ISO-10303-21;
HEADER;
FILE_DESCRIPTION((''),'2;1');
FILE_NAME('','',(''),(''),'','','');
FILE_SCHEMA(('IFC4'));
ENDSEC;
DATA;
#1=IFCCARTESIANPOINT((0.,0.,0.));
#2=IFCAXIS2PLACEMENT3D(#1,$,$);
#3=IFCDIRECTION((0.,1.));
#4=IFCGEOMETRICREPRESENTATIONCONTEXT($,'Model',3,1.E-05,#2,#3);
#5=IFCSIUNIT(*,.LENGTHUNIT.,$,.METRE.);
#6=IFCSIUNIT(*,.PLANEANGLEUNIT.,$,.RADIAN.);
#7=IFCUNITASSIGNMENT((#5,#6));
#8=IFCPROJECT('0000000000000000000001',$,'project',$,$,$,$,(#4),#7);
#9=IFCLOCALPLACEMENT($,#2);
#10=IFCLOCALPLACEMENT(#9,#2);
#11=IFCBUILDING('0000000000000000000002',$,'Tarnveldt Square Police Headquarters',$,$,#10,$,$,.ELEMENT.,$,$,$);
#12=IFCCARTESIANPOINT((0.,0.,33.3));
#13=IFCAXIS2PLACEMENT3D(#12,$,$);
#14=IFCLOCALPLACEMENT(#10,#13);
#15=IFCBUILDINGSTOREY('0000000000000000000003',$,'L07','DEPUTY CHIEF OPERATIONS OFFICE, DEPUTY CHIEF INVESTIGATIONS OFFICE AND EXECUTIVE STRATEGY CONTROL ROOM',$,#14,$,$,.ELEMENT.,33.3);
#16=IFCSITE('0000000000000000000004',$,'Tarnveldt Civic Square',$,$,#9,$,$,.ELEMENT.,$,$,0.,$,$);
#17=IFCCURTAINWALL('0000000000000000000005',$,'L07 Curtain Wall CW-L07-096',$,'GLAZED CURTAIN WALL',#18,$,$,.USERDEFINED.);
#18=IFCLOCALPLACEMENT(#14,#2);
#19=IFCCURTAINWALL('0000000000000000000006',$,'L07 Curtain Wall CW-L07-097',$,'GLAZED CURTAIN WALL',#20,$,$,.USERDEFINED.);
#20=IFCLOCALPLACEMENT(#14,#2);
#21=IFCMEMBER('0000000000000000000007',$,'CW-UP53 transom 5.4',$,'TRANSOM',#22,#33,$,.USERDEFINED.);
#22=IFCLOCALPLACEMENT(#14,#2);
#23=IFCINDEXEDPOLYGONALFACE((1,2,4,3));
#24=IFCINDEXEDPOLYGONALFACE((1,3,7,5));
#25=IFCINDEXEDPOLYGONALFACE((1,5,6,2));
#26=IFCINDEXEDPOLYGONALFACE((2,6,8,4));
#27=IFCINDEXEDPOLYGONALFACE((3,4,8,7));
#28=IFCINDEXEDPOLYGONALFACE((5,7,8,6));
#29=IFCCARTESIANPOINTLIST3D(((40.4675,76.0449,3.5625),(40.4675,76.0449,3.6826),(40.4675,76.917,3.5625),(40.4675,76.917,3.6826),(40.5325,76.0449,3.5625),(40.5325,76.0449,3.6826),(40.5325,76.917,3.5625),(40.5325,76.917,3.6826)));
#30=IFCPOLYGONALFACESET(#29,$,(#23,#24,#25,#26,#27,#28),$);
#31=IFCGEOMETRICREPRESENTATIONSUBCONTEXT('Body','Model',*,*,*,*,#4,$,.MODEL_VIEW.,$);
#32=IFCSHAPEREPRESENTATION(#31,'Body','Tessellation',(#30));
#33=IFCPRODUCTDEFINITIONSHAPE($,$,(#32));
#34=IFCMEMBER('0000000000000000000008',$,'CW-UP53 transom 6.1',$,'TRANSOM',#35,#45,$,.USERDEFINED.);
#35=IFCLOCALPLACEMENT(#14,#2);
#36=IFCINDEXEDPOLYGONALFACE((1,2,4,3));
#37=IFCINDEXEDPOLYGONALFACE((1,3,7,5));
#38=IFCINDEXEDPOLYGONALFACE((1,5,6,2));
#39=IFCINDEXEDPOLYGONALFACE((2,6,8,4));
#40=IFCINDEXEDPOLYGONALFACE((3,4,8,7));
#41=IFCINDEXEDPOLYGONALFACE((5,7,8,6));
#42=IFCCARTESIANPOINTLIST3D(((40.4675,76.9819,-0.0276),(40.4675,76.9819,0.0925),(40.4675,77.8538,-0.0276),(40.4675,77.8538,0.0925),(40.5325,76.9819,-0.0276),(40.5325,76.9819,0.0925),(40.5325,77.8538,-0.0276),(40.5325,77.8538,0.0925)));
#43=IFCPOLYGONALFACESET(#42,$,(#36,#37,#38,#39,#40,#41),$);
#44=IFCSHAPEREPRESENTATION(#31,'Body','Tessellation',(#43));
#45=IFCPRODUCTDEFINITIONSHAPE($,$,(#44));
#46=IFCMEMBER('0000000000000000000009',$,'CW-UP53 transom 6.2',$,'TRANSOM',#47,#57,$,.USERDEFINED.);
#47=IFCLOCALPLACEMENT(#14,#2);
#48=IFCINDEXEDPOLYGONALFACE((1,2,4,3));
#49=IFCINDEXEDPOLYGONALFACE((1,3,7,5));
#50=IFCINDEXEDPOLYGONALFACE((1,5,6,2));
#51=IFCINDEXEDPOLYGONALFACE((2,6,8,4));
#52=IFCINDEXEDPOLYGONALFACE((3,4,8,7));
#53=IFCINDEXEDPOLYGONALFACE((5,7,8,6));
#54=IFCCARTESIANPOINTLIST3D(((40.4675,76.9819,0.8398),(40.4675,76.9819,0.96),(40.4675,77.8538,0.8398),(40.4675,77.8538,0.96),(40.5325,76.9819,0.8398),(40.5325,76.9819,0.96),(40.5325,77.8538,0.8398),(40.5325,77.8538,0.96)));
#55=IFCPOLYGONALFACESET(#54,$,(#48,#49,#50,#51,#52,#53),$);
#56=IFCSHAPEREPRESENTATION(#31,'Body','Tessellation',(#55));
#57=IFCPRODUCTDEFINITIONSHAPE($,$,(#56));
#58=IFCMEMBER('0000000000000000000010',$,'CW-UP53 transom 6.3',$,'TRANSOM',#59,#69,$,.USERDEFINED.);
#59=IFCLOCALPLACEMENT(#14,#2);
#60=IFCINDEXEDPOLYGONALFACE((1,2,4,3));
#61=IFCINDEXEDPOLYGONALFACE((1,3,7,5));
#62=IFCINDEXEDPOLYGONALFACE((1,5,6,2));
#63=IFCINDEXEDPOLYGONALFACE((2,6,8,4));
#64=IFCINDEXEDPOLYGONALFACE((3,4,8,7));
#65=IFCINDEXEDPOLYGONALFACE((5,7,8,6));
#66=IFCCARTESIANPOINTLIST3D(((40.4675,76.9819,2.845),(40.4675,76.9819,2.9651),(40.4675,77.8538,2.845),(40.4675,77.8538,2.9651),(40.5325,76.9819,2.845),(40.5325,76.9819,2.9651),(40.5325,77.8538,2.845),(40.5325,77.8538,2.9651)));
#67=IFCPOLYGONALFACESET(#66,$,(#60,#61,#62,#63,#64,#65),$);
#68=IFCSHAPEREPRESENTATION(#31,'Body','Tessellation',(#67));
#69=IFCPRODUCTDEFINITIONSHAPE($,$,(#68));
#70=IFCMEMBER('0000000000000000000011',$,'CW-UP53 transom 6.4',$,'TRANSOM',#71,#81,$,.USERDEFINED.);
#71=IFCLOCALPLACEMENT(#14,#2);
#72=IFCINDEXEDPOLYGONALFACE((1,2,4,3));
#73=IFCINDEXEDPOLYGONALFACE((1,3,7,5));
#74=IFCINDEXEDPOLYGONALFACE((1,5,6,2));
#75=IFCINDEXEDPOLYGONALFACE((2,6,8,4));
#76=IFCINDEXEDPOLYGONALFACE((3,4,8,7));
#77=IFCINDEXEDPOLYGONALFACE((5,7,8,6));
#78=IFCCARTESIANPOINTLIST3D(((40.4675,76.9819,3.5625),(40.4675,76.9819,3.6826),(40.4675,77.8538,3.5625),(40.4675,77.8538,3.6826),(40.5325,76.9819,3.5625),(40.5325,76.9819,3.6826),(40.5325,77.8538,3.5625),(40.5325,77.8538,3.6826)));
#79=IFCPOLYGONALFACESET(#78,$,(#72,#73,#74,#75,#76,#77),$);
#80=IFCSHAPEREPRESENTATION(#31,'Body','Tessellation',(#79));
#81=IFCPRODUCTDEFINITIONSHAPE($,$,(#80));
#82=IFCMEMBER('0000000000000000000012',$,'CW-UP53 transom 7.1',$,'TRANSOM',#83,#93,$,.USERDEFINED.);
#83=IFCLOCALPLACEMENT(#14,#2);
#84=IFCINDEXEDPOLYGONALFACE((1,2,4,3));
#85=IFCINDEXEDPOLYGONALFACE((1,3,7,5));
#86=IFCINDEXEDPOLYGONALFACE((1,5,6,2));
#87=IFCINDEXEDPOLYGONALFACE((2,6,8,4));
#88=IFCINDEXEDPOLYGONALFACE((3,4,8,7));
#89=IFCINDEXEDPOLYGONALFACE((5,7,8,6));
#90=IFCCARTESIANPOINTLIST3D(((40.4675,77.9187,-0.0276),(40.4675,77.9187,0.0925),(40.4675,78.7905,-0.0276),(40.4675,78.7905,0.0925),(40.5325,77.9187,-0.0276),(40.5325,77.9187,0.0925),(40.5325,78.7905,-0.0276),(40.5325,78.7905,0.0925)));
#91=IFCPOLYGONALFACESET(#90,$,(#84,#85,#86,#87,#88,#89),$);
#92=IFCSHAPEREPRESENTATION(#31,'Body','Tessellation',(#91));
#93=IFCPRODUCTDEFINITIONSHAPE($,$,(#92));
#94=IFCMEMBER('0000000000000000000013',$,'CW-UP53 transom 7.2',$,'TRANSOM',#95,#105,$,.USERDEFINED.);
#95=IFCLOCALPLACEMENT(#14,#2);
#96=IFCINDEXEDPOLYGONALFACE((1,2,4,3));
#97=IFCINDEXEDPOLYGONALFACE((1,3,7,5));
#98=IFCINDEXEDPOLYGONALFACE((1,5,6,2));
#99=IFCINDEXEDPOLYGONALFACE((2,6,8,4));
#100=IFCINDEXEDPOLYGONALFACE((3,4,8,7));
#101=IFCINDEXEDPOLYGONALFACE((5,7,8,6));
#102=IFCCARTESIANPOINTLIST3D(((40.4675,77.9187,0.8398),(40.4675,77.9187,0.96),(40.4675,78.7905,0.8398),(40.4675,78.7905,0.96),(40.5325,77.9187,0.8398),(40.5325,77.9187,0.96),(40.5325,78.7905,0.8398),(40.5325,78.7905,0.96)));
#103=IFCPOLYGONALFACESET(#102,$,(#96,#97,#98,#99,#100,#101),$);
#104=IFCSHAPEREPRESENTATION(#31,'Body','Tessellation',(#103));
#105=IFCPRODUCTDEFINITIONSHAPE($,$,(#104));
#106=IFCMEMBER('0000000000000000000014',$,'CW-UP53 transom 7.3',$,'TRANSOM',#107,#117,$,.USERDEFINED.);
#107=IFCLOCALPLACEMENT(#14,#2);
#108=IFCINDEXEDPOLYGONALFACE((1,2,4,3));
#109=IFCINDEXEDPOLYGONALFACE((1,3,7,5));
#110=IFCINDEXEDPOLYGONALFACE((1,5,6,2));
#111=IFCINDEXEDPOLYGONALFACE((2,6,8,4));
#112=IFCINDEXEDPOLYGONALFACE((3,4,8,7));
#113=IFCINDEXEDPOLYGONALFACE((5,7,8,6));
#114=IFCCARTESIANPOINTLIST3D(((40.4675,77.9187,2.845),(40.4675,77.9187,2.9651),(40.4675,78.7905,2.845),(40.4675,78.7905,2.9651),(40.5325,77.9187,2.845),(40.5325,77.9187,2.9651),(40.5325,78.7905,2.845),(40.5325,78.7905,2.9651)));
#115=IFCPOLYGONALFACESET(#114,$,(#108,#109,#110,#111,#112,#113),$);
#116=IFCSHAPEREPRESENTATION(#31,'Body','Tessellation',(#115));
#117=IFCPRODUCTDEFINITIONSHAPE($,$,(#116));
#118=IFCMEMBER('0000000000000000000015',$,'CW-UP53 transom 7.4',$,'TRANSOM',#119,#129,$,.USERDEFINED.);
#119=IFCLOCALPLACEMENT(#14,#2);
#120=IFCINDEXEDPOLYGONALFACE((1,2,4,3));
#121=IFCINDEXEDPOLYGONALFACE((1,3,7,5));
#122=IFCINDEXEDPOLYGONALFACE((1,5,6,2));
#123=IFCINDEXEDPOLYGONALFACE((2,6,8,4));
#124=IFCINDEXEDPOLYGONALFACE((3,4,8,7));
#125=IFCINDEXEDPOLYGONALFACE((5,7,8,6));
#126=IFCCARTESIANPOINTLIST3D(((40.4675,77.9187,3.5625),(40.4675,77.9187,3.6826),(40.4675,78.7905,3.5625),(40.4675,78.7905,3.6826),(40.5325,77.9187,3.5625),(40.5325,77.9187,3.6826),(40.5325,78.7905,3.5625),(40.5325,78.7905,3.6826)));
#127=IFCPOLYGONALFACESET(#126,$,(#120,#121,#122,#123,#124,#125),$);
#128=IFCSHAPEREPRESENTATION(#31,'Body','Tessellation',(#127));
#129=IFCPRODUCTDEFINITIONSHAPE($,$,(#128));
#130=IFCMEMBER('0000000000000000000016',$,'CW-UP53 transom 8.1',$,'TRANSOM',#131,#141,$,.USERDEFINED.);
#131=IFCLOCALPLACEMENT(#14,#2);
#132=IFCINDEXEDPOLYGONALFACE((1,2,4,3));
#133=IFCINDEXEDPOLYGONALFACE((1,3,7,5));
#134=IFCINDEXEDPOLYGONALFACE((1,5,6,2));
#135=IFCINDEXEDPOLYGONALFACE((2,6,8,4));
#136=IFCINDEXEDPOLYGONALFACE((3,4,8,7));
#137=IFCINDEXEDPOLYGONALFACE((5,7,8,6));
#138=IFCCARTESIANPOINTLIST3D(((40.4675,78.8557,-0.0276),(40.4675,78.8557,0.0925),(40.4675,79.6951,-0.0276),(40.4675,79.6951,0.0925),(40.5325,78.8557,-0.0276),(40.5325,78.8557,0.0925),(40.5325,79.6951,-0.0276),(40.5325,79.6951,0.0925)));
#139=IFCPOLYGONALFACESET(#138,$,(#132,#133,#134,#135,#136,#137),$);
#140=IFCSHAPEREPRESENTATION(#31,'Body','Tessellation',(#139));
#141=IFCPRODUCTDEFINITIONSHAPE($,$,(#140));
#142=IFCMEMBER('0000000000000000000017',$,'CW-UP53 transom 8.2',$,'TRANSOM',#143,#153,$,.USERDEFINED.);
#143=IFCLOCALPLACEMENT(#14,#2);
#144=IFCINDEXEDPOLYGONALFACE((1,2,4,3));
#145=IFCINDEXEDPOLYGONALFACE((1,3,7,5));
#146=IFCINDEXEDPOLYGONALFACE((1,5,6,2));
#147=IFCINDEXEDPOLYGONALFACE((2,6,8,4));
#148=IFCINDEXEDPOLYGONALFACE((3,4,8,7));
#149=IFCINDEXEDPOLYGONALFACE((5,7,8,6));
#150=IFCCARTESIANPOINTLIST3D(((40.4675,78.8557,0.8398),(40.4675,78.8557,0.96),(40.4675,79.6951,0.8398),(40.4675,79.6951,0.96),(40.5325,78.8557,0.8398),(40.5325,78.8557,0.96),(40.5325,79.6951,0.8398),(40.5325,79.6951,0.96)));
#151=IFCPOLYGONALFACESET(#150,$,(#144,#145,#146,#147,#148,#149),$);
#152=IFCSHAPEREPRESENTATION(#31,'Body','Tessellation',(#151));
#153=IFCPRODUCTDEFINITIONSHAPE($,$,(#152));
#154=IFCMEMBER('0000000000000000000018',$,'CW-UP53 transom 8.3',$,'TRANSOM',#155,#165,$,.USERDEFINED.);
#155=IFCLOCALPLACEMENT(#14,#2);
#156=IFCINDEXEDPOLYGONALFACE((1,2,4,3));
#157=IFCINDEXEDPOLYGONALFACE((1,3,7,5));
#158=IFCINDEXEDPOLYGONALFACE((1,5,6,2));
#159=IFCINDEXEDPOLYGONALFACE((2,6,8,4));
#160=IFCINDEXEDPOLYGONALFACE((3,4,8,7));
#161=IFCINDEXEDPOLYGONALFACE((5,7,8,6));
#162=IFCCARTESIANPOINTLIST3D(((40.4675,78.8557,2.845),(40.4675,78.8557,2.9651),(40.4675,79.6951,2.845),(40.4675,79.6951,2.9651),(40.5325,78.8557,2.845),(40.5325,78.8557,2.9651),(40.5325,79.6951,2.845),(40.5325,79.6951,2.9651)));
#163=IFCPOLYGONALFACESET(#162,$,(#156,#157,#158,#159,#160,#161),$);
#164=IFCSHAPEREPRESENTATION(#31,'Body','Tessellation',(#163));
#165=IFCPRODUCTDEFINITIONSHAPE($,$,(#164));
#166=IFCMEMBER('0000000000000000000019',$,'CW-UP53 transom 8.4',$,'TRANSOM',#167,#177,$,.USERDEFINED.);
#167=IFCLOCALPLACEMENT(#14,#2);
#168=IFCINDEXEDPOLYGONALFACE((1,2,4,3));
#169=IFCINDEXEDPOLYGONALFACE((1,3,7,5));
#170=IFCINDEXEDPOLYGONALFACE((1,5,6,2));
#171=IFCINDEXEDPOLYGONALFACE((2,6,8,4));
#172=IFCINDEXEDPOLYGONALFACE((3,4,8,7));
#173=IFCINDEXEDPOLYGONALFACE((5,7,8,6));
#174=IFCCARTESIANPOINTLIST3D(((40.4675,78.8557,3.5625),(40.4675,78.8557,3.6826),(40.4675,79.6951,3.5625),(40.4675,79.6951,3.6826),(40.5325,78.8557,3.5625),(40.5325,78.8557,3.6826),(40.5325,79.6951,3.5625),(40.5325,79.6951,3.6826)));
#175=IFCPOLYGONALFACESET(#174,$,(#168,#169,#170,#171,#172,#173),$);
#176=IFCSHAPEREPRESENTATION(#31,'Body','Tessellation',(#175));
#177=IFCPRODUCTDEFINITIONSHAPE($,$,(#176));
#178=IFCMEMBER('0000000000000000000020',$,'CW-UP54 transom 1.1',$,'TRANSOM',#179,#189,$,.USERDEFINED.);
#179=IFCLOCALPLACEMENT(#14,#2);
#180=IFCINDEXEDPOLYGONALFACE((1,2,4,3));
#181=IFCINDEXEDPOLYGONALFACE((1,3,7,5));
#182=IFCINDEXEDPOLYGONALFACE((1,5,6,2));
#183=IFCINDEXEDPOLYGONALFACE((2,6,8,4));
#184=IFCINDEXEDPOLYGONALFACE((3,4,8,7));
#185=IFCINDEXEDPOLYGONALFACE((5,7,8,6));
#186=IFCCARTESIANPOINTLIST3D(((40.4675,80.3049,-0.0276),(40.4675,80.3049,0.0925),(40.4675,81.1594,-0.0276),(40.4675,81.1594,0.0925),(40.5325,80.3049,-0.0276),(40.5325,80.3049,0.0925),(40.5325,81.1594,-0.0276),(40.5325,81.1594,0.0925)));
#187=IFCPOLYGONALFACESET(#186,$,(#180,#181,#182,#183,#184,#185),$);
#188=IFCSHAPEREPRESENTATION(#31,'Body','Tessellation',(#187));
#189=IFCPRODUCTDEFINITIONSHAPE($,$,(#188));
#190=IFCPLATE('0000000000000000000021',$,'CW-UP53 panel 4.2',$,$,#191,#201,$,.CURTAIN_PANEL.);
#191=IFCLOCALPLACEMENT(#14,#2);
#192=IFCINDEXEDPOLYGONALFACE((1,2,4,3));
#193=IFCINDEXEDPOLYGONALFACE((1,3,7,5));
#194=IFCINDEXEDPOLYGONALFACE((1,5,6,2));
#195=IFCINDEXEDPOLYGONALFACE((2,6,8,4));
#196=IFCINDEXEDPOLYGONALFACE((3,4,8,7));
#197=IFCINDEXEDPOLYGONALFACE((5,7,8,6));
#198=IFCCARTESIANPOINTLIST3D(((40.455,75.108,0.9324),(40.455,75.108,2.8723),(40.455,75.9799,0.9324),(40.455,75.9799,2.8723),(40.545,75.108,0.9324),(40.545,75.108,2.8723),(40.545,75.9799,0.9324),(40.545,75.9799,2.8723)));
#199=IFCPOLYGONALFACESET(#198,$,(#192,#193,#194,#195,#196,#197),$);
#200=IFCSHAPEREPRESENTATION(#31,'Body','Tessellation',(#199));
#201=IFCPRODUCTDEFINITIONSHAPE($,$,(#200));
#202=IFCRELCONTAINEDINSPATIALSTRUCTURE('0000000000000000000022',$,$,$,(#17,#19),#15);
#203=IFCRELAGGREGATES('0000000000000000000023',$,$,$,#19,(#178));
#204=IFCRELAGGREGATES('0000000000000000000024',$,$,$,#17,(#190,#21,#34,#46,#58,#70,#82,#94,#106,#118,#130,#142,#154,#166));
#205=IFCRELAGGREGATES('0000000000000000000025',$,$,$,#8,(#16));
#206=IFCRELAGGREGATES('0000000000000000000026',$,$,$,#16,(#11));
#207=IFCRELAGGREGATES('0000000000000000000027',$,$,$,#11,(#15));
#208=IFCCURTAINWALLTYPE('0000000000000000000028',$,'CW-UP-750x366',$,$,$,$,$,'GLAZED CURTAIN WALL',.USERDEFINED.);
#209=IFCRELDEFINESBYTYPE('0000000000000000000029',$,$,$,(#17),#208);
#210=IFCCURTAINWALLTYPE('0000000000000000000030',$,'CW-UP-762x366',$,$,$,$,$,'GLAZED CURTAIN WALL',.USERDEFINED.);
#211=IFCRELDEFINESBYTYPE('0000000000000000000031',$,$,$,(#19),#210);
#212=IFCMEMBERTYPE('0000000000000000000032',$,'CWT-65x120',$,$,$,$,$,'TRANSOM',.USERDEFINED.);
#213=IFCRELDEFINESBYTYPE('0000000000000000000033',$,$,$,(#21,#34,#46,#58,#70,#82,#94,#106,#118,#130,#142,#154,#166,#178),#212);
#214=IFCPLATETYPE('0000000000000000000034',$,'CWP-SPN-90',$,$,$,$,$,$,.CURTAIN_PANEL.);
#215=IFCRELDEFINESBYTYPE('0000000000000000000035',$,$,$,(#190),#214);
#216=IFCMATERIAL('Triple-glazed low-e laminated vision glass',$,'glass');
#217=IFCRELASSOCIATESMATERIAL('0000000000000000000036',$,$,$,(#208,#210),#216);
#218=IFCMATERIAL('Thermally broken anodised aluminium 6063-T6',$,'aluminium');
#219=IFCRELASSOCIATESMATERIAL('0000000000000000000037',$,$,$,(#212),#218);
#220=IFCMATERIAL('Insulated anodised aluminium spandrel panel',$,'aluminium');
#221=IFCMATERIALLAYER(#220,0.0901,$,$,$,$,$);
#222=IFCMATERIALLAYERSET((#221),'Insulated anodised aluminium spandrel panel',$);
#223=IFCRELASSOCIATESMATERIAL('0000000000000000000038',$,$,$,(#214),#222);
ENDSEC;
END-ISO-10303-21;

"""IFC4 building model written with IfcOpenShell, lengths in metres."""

from ifc_helpers import new_model, si_unit, direction, frame, origin, origin_2d, place, context, subcontext, project, spatial, rectangle, extrude, material, layer, layer_set, material_profile, profile_set, type_object, element, aggregate, save


model = new_model("IFC4")

# Units and contexts
model_context = context("Model", 3, precision=1e-05, world=origin(), true_north=direction((0.0, 1.0)))
body_context = subcontext(model_context, "Body", "Model", "MODEL_VIEW")
ifc_project = project(units=[si_unit("LENGTHUNIT", "METRE"), si_unit("PLANEANGLEUNIT", "RADIAN")], contexts=[model_context])

# Site, building, storey
site_placement = place(None, origin())
site = spatial("IfcSite", under=ifc_project, at=site_placement, Name="Tarnveldt Civic Square", CompositionType="ELEMENT", RefElevation=0.0)
building_placement = place(site_placement, origin())
building = spatial("IfcBuilding", under=site, at=building_placement, Name="Tarnveldt Square Police Headquarters", CompositionType="ELEMENT")
storey_placement = place(building_placement, frame((0.0, 0.0, 33.3)))
storey = spatial("IfcBuildingStorey", under=building, at=storey_placement, Name="L07", Description="DEPUTY CHIEF OPERATIONS OFFICE, DEPUTY CHIEF INVESTIGATIONS OFFICE AND EXECUTIVE STRATEGY CONTROL ROOM", CompositionType="ELEMENT", Elevation=33.3)

# Curtain wall
ifc_material_1 = material(Name="Triple-glazed low-e laminated vision glass", Category="glass")
curtain_wall_type_1 = type_object("IfcCurtainWallType", Name="CW-UP-750x366", ElementType="GLAZED CURTAIN WALL", PredefinedType="USERDEFINED", material=ifc_material_1)
curtain_wall_1_placement = place(storey_placement, origin())
curtain_wall_1 = element("IfcCurtainWall", 1, at=curtain_wall_1_placement, inside=storey, type_object=curtain_wall_type_1, Name="L07 Curtain Wall CW-L07-096", ObjectType="GLAZED CURTAIN WALL", PredefinedType="USERDEFINED")
ifc_material_2 = material(Name="Thermally broken anodised aluminium 6063-T6", Category="aluminium")

# Curtain wall
curtain_wall_type_2 = type_object("IfcCurtainWallType", Name="CW-UP-762x366", ElementType="GLAZED CURTAIN WALL", PredefinedType="USERDEFINED", material=ifc_material_1)
curtain_wall_2_placement = place(storey_placement, origin())
curtain_wall_2 = element("IfcCurtainWall", 2, at=curtain_wall_2_placement, inside=storey, type_object=curtain_wall_type_2, Name="L07 Curtain Wall CW-L07-097", ObjectType="GLAZED CURTAIN WALL", PredefinedType="USERDEFINED")

# Members
ifc_material_profile_1 = material_profile(ifc_material_2, rectangle(XDim=0.0649, YDim=0.1201, at=origin_2d()), Name="CW-T65x120")
ifc_profile_set_1 = profile_set([ifc_material_profile_1], Name="Thermally broken anodised aluminium 6063-T6")
member_type_1 = type_object("IfcMemberType", Name="CWT-65x120", ElementType="TRANSOM", PredefinedType="USERDEFINED", material=ifc_profile_set_1)
member_1_placement = place(storey_placement, frame((40.5, 76.0449, 3.6226), z_axis=(0.0, 1.0, 0.0), x_axis=(-1.0, 0.0, 0.0)))
member_1 = element("IfcMember", 3, at=member_1_placement, type_object=member_type_1, Name="CW-UP53 transom 5.4", ObjectType="TRANSOM", PredefinedType="USERDEFINED", context=body_context, shape_type="SweptSolid", body=[
    extrude(rectangle(XDim=0.0649, YDim=0.1201, at=origin_2d()), origin(), (0.0, 0.0, 1.0), 0.8721),
])
member_2_placement = place(storey_placement, frame((40.5, 76.9819, 0.0325), z_axis=(0.0, 1.0, 0.0), x_axis=(-1.0, 0.0, 0.0)))
member_2 = element("IfcMember", 4, at=member_2_placement, type_object=member_type_1, Name="CW-UP53 transom 6.1", ObjectType="TRANSOM", PredefinedType="USERDEFINED", context=body_context, shape_type="SweptSolid", body=[
    extrude(rectangle(XDim=0.0649, YDim=0.1201, at=origin_2d()), origin(), (0.0, 0.0, 1.0), 0.8718),
])
member_3_placement = place(storey_placement, frame((40.5, 76.9819, 0.8999), z_axis=(0.0, 1.0, 0.0), x_axis=(-1.0, 0.0, 0.0)))
member_3 = element("IfcMember", 5, at=member_3_placement, type_object=member_type_1, Name="CW-UP53 transom 6.2", ObjectType="TRANSOM", PredefinedType="USERDEFINED", context=body_context, shape_type="SweptSolid", body=[
    extrude(rectangle(XDim=0.0649, YDim=0.1201, at=origin_2d()), origin(), (0.0, 0.0, 1.0), 0.8718),
])
member_4_placement = place(storey_placement, frame((40.5, 76.9819, 2.905), z_axis=(0.0, 1.0, 0.0), x_axis=(-1.0, 0.0, 0.0)))
member_4 = element("IfcMember", 6, at=member_4_placement, type_object=member_type_1, Name="CW-UP53 transom 6.3", ObjectType="TRANSOM", PredefinedType="USERDEFINED", context=body_context, shape_type="SweptSolid", body=[
    extrude(rectangle(XDim=0.0649, YDim=0.1201, at=origin_2d()), origin(), (0.0, 0.0, 1.0), 0.8718),
])
member_5_placement = place(storey_placement, frame((40.5, 76.9819, 3.6226), z_axis=(0.0, 1.0, 0.0), x_axis=(-1.0, 0.0, 0.0)))
member_5 = element("IfcMember", 7, at=member_5_placement, type_object=member_type_1, Name="CW-UP53 transom 6.4", ObjectType="TRANSOM", PredefinedType="USERDEFINED", context=body_context, shape_type="SweptSolid", body=[
    extrude(rectangle(XDim=0.0649, YDim=0.1201, at=origin_2d()), origin(), (0.0, 0.0, 1.0), 0.8718),
])
member_6_placement = place(storey_placement, frame((40.5, 77.9187, 0.0325), z_axis=(0.0, 1.0, 0.0), x_axis=(-1.0, 0.0, 0.0)))
member_6 = element("IfcMember", 8, at=member_6_placement, type_object=member_type_1, Name="CW-UP53 transom 7.1", ObjectType="TRANSOM", PredefinedType="USERDEFINED", context=body_context, shape_type="SweptSolid", body=[
    extrude(rectangle(XDim=0.0649, YDim=0.1201, at=origin_2d()), origin(), (0.0, 0.0, 1.0), 0.8718),
])
member_7_placement = place(storey_placement, frame((40.5, 77.9187, 0.8999), z_axis=(0.0, 1.0, 0.0), x_axis=(-1.0, 0.0, 0.0)))
member_7 = element("IfcMember", 9, at=member_7_placement, type_object=member_type_1, Name="CW-UP53 transom 7.2", ObjectType="TRANSOM", PredefinedType="USERDEFINED", context=body_context, shape_type="SweptSolid", body=[
    extrude(rectangle(XDim=0.0649, YDim=0.1201, at=origin_2d()), origin(), (0.0, 0.0, 1.0), 0.8718),
])
member_8_placement = place(storey_placement, frame((40.5, 77.9187, 2.905), z_axis=(0.0, 1.0, 0.0), x_axis=(-1.0, 0.0, 0.0)))
member_8 = element("IfcMember", 10, at=member_8_placement, type_object=member_type_1, Name="CW-UP53 transom 7.3", ObjectType="TRANSOM", PredefinedType="USERDEFINED", context=body_context, shape_type="SweptSolid", body=[
    extrude(rectangle(XDim=0.0649, YDim=0.1201, at=origin_2d()), origin(), (0.0, 0.0, 1.0), 0.8718),
])
member_9_placement = place(storey_placement, frame((40.5, 77.9187, 3.6226), z_axis=(0.0, 1.0, 0.0), x_axis=(-1.0, 0.0, 0.0)))
member_9 = element("IfcMember", 11, at=member_9_placement, type_object=member_type_1, Name="CW-UP53 transom 7.4", ObjectType="TRANSOM", PredefinedType="USERDEFINED", context=body_context, shape_type="SweptSolid", body=[
    extrude(rectangle(XDim=0.0649, YDim=0.1201, at=origin_2d()), origin(), (0.0, 0.0, 1.0), 0.8718),
])
member_10_placement = place(storey_placement, frame((40.5, 78.8557, 0.0325), z_axis=(0.0, 1.0, 0.0), x_axis=(-1.0, 0.0, 0.0)))
member_10 = element("IfcMember", 12, at=member_10_placement, type_object=member_type_1, Name="CW-UP53 transom 8.1", ObjectType="TRANSOM", PredefinedType="USERDEFINED", context=body_context, shape_type="SweptSolid", body=[
    extrude(rectangle(XDim=0.0649, YDim=0.1201, at=origin_2d()), origin(), (0.0, 0.0, 1.0), 0.8394),
])
member_11_placement = place(storey_placement, frame((40.5, 78.8557, 0.8999), z_axis=(0.0, 1.0, 0.0), x_axis=(-1.0, 0.0, 0.0)))
member_11 = element("IfcMember", 13, at=member_11_placement, type_object=member_type_1, Name="CW-UP53 transom 8.2", ObjectType="TRANSOM", PredefinedType="USERDEFINED", context=body_context, shape_type="SweptSolid", body=[
    extrude(rectangle(XDim=0.0649, YDim=0.1201, at=origin_2d()), origin(), (0.0, 0.0, 1.0), 0.8394),
])
member_12_placement = place(storey_placement, frame((40.5, 78.8557, 2.905), z_axis=(0.0, 1.0, 0.0), x_axis=(-1.0, 0.0, 0.0)))
member_12 = element("IfcMember", 14, at=member_12_placement, type_object=member_type_1, Name="CW-UP53 transom 8.3", ObjectType="TRANSOM", PredefinedType="USERDEFINED", context=body_context, shape_type="SweptSolid", body=[
    extrude(rectangle(XDim=0.0649, YDim=0.1201, at=origin_2d()), origin(), (0.0, 0.0, 1.0), 0.8394),
])
member_13_placement = place(storey_placement, frame((40.5, 78.8557, 3.6226), z_axis=(0.0, 1.0, 0.0), x_axis=(-1.0, 0.0, 0.0)))
member_13 = element("IfcMember", 15, at=member_13_placement, type_object=member_type_1, Name="CW-UP53 transom 8.4", ObjectType="TRANSOM", PredefinedType="USERDEFINED", context=body_context, shape_type="SweptSolid", body=[
    extrude(rectangle(XDim=0.0649, YDim=0.1201, at=origin_2d()), origin(), (0.0, 0.0, 1.0), 0.8394),
])
member_14_placement = place(storey_placement, frame((40.5, 80.3049, 0.0325), z_axis=(0.0, 1.0, 0.0), x_axis=(-1.0, 0.0, 0.0)))
member_14 = element("IfcMember", 16, at=member_14_placement, type_object=member_type_1, Name="CW-UP54 transom 1.1", ObjectType="TRANSOM", PredefinedType="USERDEFINED", context=body_context, shape_type="SweptSolid", body=[
    extrude(rectangle(XDim=0.0649, YDim=0.1201, at=origin_2d()), origin(), (0.0, 0.0, 1.0), 0.8545),
])
aggregate(curtain_wall_2, [member_14])

# Plate
ifc_material_3 = material(Name="Insulated anodised aluminium spandrel panel", Category="aluminium")
ifc_layer = layer(ifc_material_3, 0.0901)
ifc_layer_set = layer_set([ifc_layer], Name="Insulated anodised aluminium spandrel panel")
plate_type = type_object("IfcPlateType", Name="CWP-SPN-90", PredefinedType="CURTAIN_PANEL", material=ifc_layer_set)
plate_1_placement = place(storey_placement, frame((40.5, 75.5439, 0.9324), z_axis=(0.0, 0.0, 1.0), x_axis=(0.0, 1.0, 0.0)))
plate_1 = element("IfcPlate", 17, at=plate_1_placement, type_object=plate_type, Name="CW-UP53 panel 4.2", PredefinedType="CURTAIN_PANEL", context=body_context, shape_type="SweptSolid", body=[
    extrude(rectangle(XDim=0.8718, YDim=0.0901, at=origin_2d()), origin(), (0.0, 0.0, 1.0), 1.9399),
])
aggregate(curtain_wall_1, [plate_1, member_1, member_2, member_3, member_4, member_5, member_6, member_7, member_8, member_9, member_10, member_11, member_12, member_13])

save(model, "model.ifc")
